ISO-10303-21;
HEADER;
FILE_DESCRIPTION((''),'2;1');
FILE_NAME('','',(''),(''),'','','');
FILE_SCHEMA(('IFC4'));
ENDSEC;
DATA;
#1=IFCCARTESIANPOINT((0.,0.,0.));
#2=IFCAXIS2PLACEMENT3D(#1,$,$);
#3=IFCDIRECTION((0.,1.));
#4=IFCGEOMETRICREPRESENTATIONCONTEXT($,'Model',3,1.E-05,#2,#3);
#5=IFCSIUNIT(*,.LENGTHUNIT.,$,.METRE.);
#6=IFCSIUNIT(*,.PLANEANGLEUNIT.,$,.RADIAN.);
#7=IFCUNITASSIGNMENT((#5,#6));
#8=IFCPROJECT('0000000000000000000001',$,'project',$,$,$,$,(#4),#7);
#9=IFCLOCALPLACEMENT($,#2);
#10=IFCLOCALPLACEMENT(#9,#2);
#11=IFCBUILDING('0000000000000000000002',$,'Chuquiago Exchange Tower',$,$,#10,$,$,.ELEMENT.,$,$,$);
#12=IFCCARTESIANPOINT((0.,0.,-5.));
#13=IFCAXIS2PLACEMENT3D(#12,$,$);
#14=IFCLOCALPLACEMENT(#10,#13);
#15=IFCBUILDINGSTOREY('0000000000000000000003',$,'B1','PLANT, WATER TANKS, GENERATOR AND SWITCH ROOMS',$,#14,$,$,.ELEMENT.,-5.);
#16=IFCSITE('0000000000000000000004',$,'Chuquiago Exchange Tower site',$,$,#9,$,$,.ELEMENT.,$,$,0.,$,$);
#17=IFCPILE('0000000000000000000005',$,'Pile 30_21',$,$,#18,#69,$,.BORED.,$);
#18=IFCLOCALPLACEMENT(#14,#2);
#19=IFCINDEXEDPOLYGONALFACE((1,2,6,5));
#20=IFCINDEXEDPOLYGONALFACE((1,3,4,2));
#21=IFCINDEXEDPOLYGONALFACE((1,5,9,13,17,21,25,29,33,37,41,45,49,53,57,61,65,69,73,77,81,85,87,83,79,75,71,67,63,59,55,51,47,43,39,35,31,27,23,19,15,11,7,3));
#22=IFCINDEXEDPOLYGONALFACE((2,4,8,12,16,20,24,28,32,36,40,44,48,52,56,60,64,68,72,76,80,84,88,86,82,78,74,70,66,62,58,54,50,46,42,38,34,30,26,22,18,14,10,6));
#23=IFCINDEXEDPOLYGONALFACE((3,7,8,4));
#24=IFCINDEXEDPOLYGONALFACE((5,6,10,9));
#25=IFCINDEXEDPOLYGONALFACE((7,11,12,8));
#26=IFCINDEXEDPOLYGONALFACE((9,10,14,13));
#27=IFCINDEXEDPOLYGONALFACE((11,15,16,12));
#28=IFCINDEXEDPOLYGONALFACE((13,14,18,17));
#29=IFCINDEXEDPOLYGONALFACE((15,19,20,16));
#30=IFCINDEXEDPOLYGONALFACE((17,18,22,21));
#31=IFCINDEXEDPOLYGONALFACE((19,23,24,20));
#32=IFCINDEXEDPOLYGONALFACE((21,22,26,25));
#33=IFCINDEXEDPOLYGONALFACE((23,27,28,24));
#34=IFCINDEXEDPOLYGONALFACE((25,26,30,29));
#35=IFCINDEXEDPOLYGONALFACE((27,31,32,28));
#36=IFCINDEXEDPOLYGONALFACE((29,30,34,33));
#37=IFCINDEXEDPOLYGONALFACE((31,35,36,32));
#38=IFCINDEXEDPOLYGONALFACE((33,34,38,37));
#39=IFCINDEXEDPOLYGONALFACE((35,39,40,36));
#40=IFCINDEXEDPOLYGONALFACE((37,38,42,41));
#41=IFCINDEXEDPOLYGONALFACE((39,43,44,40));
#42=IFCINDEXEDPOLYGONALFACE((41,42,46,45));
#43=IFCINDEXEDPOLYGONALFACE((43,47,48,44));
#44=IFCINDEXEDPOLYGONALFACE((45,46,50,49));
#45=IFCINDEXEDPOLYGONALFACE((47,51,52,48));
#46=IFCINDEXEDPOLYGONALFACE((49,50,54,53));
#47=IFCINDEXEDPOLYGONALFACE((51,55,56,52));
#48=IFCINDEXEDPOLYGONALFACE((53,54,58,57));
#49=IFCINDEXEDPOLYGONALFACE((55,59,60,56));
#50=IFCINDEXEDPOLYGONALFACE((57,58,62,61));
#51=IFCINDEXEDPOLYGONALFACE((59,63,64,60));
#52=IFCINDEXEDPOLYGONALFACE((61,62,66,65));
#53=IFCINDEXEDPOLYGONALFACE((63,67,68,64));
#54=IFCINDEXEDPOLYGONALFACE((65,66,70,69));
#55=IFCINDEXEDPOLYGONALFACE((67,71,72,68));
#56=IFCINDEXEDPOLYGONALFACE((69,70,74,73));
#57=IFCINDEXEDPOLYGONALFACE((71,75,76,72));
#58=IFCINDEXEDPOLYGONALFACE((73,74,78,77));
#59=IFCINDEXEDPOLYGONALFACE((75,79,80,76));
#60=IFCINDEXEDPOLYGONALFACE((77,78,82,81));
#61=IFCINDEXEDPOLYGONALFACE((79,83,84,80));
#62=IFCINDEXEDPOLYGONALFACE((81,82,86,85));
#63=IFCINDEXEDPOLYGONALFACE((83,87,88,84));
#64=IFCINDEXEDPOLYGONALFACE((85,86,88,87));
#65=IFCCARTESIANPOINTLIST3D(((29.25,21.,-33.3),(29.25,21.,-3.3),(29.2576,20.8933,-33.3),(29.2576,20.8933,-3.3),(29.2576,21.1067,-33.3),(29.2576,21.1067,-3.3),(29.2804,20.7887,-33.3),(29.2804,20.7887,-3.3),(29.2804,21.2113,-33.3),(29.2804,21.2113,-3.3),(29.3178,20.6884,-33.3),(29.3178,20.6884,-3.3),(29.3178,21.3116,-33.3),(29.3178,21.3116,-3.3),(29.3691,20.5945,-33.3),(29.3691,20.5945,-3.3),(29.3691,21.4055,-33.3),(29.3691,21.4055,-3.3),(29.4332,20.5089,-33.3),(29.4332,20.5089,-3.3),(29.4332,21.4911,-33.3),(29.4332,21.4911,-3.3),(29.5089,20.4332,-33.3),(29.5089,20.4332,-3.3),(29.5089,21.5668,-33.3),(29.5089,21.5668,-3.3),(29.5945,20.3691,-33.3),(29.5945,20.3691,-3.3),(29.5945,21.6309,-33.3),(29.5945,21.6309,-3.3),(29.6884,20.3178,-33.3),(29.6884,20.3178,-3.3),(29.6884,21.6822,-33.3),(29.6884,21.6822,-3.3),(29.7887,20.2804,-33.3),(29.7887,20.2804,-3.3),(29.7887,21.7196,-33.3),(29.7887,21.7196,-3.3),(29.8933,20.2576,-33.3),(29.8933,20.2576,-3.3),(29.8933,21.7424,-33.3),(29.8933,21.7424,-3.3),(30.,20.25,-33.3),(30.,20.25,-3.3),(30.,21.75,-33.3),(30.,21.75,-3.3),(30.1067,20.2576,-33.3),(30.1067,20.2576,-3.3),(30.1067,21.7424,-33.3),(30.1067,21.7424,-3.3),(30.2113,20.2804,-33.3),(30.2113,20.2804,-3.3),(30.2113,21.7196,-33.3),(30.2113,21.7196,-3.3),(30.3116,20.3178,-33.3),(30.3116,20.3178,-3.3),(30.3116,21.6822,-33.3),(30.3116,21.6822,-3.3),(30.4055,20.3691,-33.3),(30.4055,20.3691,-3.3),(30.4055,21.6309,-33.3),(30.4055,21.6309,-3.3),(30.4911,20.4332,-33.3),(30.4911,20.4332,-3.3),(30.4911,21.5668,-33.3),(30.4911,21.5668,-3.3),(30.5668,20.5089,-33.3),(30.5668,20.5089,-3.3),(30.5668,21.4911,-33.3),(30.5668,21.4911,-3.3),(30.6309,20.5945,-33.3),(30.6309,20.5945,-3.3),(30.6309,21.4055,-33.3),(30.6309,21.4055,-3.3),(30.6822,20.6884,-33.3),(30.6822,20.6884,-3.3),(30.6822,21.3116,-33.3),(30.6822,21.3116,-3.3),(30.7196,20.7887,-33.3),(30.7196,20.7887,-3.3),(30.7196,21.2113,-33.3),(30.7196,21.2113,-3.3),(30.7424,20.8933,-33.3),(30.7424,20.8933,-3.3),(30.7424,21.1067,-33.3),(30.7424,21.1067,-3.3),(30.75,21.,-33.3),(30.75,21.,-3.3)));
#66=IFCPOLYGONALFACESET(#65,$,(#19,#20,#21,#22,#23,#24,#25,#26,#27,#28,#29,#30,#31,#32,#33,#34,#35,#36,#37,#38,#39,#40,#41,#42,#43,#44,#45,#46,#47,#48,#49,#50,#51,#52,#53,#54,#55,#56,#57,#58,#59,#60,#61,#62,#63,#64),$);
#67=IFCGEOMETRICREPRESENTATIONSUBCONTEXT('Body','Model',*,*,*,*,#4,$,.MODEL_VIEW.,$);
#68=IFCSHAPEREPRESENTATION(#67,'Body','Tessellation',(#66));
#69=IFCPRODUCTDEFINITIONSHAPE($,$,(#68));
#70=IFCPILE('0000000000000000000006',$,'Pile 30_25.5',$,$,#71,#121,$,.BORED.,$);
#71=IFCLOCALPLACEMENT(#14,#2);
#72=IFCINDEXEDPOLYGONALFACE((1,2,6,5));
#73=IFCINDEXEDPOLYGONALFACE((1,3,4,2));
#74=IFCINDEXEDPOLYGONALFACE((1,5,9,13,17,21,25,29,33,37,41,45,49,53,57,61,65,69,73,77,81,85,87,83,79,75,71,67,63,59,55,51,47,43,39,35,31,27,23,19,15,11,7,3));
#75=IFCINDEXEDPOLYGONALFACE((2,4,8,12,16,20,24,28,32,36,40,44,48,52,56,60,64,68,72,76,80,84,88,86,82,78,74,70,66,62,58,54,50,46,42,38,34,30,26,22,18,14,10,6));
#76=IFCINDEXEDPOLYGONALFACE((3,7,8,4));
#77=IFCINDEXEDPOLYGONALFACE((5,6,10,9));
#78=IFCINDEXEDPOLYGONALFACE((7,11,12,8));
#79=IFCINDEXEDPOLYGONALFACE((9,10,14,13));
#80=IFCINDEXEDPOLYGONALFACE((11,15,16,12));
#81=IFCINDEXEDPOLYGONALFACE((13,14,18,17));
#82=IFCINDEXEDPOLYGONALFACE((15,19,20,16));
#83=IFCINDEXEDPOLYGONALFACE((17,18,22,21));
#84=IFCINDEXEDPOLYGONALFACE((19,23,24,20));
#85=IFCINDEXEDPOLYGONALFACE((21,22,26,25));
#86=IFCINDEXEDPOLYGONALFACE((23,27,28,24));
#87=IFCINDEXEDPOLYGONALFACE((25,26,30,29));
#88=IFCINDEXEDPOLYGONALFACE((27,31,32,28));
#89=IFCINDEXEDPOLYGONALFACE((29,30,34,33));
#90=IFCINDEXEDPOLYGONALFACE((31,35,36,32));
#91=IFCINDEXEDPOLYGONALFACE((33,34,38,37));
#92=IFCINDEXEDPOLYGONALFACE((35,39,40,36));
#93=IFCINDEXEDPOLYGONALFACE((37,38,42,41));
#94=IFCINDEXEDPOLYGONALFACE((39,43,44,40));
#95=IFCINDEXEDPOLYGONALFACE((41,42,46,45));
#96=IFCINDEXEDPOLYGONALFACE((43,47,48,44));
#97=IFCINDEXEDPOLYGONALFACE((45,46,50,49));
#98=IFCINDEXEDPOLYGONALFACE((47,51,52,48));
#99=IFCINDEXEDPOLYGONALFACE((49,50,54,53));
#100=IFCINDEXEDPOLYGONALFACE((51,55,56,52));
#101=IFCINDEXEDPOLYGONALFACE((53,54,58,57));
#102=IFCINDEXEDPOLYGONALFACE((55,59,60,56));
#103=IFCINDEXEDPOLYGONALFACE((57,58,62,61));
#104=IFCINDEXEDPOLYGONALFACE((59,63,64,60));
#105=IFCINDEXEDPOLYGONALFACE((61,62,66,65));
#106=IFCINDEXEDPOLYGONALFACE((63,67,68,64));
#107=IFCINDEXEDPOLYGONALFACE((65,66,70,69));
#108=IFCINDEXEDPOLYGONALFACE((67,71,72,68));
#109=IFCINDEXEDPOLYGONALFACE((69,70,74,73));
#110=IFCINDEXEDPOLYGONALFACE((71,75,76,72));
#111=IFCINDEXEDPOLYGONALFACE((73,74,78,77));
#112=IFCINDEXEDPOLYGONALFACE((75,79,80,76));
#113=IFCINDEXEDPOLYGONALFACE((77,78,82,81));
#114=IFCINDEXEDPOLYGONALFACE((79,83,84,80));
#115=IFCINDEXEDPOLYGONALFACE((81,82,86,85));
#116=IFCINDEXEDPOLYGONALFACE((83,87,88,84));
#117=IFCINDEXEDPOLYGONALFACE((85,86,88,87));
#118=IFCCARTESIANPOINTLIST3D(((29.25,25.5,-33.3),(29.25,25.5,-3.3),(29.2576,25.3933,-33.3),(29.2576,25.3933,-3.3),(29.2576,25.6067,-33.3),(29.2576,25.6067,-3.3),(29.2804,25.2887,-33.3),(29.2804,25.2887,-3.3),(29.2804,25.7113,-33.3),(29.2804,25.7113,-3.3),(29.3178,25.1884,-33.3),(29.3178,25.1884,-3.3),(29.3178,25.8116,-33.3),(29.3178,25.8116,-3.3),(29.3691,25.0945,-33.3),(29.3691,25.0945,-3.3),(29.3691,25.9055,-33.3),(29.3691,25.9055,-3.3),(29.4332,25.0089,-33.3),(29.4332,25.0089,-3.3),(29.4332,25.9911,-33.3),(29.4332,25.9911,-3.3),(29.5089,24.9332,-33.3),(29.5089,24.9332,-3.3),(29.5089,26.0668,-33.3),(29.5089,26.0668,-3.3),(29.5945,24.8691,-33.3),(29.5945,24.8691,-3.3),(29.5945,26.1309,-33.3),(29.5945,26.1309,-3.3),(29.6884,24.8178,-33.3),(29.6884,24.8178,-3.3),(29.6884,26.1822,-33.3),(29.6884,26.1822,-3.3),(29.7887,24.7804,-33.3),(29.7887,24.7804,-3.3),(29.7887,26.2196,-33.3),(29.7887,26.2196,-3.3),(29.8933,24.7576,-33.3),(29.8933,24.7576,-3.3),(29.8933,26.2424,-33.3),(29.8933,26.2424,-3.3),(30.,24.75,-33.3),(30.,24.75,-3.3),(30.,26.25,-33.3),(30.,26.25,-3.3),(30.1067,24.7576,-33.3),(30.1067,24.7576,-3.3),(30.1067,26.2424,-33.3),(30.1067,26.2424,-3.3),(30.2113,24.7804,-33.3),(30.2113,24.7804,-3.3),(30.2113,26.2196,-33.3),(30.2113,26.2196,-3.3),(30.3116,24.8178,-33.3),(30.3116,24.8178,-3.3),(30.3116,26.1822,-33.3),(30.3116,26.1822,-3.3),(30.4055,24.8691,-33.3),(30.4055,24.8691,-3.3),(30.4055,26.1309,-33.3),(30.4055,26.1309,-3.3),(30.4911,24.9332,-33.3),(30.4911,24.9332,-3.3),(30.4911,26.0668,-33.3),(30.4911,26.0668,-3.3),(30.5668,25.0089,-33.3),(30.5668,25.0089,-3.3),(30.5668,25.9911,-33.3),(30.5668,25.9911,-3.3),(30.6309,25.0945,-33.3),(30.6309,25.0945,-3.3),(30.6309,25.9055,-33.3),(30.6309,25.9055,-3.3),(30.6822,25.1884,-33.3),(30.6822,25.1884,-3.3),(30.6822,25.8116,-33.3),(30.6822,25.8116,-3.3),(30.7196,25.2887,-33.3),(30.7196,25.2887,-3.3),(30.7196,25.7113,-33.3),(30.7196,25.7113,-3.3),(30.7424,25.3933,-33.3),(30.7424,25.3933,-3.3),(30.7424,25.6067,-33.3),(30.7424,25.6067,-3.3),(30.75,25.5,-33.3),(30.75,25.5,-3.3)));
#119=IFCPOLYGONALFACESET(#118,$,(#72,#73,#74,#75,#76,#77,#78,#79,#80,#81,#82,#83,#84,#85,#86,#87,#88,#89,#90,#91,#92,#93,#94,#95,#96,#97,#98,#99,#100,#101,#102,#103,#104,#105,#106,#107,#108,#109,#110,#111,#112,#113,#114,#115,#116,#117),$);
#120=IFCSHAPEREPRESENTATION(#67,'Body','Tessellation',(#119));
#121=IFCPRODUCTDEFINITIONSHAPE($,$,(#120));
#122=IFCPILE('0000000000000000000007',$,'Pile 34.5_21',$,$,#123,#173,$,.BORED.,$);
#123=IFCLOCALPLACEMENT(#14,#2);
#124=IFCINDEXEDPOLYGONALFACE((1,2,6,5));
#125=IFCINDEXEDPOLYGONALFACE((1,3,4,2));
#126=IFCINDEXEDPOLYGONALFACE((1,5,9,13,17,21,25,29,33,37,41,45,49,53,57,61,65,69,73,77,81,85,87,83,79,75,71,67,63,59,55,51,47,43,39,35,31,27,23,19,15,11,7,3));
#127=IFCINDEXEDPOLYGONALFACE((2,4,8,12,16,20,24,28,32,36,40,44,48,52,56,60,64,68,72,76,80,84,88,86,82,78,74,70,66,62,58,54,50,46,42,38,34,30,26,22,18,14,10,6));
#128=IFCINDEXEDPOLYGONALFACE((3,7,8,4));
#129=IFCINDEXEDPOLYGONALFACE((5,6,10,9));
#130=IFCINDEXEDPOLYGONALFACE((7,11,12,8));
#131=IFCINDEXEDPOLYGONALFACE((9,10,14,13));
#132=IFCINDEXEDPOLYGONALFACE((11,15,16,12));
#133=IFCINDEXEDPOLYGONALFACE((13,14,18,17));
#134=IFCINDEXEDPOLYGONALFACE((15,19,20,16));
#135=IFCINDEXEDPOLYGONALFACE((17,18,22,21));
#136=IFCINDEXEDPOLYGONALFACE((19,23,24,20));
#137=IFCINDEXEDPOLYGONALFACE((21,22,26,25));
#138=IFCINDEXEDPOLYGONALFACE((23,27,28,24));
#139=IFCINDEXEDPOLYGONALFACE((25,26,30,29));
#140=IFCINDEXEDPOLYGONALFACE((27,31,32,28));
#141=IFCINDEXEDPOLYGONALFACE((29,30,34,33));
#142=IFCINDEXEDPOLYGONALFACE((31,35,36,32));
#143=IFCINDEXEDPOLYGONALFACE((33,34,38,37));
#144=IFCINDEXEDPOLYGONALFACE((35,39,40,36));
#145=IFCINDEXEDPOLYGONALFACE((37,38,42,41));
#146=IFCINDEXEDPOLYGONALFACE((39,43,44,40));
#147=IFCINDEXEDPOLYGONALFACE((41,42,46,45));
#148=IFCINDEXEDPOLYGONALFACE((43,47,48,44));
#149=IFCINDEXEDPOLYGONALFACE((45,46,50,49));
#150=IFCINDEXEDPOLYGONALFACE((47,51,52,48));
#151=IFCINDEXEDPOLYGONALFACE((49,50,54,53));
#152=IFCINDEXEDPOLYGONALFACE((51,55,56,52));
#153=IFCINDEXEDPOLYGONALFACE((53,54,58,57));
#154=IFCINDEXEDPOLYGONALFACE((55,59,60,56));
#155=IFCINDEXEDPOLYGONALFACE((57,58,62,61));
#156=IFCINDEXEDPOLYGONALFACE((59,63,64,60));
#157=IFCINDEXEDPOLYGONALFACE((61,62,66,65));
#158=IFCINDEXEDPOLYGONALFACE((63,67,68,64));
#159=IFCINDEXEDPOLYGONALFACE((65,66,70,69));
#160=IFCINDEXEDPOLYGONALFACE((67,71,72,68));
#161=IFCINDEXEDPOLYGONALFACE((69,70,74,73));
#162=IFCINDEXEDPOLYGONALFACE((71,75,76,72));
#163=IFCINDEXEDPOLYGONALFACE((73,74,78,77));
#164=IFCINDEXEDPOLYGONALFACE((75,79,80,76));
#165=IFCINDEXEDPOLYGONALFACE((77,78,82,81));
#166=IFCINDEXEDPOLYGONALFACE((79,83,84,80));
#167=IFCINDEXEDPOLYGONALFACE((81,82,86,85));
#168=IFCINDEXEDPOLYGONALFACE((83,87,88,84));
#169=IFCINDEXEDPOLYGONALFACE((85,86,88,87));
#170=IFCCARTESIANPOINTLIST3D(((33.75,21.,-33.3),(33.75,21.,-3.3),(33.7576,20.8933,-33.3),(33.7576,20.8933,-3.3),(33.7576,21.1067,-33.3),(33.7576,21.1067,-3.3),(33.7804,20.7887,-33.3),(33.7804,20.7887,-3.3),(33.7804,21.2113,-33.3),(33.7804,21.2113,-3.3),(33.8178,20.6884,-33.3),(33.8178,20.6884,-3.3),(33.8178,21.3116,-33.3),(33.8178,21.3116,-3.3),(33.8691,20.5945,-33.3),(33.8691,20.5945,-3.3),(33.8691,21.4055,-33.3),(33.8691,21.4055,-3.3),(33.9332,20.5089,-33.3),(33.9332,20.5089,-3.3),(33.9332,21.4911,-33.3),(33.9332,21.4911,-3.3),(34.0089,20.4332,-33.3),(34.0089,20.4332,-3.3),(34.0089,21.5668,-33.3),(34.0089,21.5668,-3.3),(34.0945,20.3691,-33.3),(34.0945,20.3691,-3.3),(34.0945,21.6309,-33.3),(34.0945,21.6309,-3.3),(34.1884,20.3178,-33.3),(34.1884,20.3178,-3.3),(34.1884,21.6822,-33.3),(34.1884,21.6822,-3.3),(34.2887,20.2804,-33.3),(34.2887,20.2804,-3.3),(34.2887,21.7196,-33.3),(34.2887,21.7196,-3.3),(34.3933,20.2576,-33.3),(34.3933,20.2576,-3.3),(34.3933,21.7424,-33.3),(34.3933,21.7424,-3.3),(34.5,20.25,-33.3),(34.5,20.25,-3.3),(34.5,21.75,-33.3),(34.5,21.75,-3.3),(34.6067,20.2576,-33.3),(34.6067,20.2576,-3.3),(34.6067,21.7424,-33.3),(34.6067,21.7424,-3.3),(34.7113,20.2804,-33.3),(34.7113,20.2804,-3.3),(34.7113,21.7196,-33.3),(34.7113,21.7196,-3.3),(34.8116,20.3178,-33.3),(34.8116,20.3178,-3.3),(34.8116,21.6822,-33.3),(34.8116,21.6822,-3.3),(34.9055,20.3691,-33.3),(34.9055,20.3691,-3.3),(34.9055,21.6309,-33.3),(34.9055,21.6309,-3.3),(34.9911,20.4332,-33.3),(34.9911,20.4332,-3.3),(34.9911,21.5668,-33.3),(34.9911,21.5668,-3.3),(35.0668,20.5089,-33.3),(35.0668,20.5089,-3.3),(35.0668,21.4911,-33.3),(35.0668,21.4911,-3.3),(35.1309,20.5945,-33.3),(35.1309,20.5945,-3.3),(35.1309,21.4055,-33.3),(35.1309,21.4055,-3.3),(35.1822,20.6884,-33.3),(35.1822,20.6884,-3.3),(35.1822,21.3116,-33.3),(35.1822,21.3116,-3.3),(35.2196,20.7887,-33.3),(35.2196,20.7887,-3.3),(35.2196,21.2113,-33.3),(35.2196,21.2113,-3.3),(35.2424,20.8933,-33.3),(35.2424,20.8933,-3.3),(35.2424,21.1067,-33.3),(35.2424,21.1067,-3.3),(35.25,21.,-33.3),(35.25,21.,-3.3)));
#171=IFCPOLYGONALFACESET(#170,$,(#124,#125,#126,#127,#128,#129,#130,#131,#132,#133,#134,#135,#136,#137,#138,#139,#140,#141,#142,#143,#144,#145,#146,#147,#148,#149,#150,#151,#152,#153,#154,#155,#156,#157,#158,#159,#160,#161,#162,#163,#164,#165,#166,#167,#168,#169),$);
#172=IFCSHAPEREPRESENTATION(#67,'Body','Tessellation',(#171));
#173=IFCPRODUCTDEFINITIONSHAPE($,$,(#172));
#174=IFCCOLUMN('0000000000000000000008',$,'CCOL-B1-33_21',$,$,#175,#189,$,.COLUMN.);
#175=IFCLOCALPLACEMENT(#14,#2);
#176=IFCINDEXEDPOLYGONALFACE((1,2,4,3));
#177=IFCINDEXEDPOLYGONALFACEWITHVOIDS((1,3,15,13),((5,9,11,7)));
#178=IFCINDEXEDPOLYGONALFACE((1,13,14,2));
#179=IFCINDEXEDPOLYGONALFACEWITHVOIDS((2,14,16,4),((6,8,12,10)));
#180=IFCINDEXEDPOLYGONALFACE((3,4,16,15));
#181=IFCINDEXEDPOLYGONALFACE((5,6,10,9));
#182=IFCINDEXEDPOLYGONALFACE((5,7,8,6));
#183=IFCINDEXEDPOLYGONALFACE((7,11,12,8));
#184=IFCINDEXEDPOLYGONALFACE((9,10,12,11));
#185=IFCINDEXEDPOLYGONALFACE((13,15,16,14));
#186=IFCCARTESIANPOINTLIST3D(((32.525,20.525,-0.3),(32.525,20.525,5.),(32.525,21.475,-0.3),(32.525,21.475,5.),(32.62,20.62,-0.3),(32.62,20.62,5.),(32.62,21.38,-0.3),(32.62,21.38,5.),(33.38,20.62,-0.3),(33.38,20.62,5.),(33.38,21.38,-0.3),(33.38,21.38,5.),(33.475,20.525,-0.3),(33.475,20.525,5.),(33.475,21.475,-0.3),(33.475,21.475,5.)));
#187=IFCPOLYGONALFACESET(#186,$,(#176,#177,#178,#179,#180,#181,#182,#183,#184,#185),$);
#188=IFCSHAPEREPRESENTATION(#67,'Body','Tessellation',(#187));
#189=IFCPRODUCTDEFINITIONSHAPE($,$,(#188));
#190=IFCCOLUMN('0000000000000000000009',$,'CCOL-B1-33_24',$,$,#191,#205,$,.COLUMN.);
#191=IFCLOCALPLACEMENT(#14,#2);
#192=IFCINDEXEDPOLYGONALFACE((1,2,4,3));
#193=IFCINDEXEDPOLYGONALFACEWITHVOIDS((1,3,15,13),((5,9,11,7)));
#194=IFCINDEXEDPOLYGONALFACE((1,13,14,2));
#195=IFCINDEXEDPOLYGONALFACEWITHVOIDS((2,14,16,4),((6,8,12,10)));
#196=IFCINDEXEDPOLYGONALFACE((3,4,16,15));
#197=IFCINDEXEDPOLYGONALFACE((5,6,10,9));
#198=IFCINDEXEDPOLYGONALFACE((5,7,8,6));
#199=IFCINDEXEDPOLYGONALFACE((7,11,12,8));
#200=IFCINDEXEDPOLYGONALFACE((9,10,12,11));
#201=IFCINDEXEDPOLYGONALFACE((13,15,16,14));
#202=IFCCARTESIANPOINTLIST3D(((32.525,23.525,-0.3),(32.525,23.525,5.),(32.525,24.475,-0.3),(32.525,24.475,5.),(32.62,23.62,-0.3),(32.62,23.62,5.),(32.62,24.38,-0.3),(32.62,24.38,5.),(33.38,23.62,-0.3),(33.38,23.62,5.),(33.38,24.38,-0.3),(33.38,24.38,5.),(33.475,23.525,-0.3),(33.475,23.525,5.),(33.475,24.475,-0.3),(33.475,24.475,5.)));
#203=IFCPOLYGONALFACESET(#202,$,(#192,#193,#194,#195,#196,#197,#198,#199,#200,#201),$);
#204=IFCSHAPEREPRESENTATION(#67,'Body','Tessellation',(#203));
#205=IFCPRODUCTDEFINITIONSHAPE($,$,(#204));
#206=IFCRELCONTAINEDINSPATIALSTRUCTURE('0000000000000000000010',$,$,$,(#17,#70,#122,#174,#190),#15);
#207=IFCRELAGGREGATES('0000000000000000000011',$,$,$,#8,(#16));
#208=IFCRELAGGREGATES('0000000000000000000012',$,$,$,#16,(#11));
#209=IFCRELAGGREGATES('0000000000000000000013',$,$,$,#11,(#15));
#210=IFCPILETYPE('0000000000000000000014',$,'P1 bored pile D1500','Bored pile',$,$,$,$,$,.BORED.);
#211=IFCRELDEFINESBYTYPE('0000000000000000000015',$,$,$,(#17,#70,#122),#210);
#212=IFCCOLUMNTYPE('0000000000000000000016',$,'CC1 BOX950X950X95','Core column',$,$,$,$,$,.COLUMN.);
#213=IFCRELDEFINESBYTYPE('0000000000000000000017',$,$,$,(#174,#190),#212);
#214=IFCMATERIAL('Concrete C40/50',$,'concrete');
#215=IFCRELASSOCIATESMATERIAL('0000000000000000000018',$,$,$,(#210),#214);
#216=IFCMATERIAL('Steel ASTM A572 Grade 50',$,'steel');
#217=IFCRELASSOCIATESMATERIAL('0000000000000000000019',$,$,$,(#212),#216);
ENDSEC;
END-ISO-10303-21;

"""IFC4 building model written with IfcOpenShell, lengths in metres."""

from ifc_helpers import new_model, si_unit, direction, frame, origin, origin_2d, place, context, subcontext, project, spatial, hollow_rectangle, circle, extrude, material, material_profile, profile_set, type_object, element, save


model = new_model("IFC4")

# Units and contexts
model_context = context("Model", 3, precision=1e-05, world=origin(), true_north=direction((0.0, 1.0)))
body_context = subcontext(model_context, "Body", "Model", "MODEL_VIEW")
ifc_project = project(units=[si_unit("LENGTHUNIT", "METRE"), si_unit("PLANEANGLEUNIT", "RADIAN")], contexts=[model_context])

# Site, building, storey
site_placement = place(None, origin())
site = spatial("IfcSite", under=ifc_project, at=site_placement, Name="Chuquiago Exchange Tower site", CompositionType="ELEMENT", RefElevation=0.0)
building_placement = place(site_placement, origin())
building = spatial("IfcBuilding", under=site, at=building_placement, Name="Chuquiago Exchange Tower", CompositionType="ELEMENT")
storey_placement = place(building_placement, frame((0.0, 0.0, -5.0)))
storey = spatial("IfcBuildingStorey", under=building, at=storey_placement, Name="B1", Description="PLANT, WATER TANKS, GENERATOR AND SWITCH ROOMS", CompositionType="ELEMENT", Elevation=-5.0)

# Piles
ifc_material_1 = material(Name="Concrete C40/50", Category="concrete")
ifc_material_profile_1 = material_profile(ifc_material_1, circle(Radius=0.75, at=origin_2d()), Name="D1500")
ifc_profile_set_1 = profile_set([ifc_material_profile_1], Name="Concrete C40/50")
pile_type = type_object("IfcPileType", Name="P1 bored pile D1500", Description="Bored pile", PredefinedType="BORED", material=ifc_profile_set_1)
for number, where, z_axis, x_axis, name in (
    (1, (30.0, 21.0, -3.3), (0.0, 0.0, -1.0), (1.0, 0.0, 0.0), "Pile 30_21"),
    (2, (30.0, 25.5, -3.3), (0.0, 0.0, -1.0), (1.0, 0.0, 0.0), "Pile 30_25.5"),
    (3, (34.5, 21.0, -3.3), (0.0, 0.0, -1.0), (1.0, 0.0, 0.0), "Pile 34.5_21"),
):
    element("IfcPile", number, at=place(storey_placement, frame(where, z_axis=z_axis, x_axis=x_axis)), inside=storey, type_object=pile_type, Name=name, PredefinedType="BORED", context=body_context, shape_type="SweptSolid", body=[
        extrude(circle(Radius=0.75, at=origin_2d()), origin(), (0.0, 0.0, 1.0), 30.0),
    ])

# Columns
ifc_material_2 = material(Name="Steel ASTM A572 Grade 50", Category="steel")
ifc_material_profile_2 = material_profile(ifc_material_2, hollow_rectangle(XDim=0.95, YDim=0.95, WallThickness=0.095, at=origin_2d()), Name="BOX950X950X95")
ifc_profile_set_2 = profile_set([ifc_material_profile_2], Name="Steel ASTM A572 Grade 50")
column_type_1 = type_object("IfcColumnType", Name="CC1 BOX950X950X95", Description="Core column", PredefinedType="COLUMN", material=ifc_profile_set_2)
for number, where, z_axis, x_axis, name in (
    (4, (33.0, 21.0, -0.3), (0.0, 0.0, 1.0), (1.0, 0.0, 0.0), "CCOL-B1-33_21"),
    (5, (33.0, 24.0, -0.3), (0.0, 0.0, 1.0), (1.0, 0.0, 0.0), "CCOL-B1-33_24"),
):
    element("IfcColumn", number, at=place(storey_placement, frame(where, z_axis=z_axis, x_axis=x_axis)), inside=storey, type_object=column_type_1, Name=name, PredefinedType="COLUMN", context=body_context, shape_type="SweptSolid", body=[
        extrude(hollow_rectangle(XDim=0.95, YDim=0.95, WallThickness=0.095, at=origin_2d()), origin(), (0.0, 0.0, 1.0), 5.3),
    ])

save(model, "model.ifc")
